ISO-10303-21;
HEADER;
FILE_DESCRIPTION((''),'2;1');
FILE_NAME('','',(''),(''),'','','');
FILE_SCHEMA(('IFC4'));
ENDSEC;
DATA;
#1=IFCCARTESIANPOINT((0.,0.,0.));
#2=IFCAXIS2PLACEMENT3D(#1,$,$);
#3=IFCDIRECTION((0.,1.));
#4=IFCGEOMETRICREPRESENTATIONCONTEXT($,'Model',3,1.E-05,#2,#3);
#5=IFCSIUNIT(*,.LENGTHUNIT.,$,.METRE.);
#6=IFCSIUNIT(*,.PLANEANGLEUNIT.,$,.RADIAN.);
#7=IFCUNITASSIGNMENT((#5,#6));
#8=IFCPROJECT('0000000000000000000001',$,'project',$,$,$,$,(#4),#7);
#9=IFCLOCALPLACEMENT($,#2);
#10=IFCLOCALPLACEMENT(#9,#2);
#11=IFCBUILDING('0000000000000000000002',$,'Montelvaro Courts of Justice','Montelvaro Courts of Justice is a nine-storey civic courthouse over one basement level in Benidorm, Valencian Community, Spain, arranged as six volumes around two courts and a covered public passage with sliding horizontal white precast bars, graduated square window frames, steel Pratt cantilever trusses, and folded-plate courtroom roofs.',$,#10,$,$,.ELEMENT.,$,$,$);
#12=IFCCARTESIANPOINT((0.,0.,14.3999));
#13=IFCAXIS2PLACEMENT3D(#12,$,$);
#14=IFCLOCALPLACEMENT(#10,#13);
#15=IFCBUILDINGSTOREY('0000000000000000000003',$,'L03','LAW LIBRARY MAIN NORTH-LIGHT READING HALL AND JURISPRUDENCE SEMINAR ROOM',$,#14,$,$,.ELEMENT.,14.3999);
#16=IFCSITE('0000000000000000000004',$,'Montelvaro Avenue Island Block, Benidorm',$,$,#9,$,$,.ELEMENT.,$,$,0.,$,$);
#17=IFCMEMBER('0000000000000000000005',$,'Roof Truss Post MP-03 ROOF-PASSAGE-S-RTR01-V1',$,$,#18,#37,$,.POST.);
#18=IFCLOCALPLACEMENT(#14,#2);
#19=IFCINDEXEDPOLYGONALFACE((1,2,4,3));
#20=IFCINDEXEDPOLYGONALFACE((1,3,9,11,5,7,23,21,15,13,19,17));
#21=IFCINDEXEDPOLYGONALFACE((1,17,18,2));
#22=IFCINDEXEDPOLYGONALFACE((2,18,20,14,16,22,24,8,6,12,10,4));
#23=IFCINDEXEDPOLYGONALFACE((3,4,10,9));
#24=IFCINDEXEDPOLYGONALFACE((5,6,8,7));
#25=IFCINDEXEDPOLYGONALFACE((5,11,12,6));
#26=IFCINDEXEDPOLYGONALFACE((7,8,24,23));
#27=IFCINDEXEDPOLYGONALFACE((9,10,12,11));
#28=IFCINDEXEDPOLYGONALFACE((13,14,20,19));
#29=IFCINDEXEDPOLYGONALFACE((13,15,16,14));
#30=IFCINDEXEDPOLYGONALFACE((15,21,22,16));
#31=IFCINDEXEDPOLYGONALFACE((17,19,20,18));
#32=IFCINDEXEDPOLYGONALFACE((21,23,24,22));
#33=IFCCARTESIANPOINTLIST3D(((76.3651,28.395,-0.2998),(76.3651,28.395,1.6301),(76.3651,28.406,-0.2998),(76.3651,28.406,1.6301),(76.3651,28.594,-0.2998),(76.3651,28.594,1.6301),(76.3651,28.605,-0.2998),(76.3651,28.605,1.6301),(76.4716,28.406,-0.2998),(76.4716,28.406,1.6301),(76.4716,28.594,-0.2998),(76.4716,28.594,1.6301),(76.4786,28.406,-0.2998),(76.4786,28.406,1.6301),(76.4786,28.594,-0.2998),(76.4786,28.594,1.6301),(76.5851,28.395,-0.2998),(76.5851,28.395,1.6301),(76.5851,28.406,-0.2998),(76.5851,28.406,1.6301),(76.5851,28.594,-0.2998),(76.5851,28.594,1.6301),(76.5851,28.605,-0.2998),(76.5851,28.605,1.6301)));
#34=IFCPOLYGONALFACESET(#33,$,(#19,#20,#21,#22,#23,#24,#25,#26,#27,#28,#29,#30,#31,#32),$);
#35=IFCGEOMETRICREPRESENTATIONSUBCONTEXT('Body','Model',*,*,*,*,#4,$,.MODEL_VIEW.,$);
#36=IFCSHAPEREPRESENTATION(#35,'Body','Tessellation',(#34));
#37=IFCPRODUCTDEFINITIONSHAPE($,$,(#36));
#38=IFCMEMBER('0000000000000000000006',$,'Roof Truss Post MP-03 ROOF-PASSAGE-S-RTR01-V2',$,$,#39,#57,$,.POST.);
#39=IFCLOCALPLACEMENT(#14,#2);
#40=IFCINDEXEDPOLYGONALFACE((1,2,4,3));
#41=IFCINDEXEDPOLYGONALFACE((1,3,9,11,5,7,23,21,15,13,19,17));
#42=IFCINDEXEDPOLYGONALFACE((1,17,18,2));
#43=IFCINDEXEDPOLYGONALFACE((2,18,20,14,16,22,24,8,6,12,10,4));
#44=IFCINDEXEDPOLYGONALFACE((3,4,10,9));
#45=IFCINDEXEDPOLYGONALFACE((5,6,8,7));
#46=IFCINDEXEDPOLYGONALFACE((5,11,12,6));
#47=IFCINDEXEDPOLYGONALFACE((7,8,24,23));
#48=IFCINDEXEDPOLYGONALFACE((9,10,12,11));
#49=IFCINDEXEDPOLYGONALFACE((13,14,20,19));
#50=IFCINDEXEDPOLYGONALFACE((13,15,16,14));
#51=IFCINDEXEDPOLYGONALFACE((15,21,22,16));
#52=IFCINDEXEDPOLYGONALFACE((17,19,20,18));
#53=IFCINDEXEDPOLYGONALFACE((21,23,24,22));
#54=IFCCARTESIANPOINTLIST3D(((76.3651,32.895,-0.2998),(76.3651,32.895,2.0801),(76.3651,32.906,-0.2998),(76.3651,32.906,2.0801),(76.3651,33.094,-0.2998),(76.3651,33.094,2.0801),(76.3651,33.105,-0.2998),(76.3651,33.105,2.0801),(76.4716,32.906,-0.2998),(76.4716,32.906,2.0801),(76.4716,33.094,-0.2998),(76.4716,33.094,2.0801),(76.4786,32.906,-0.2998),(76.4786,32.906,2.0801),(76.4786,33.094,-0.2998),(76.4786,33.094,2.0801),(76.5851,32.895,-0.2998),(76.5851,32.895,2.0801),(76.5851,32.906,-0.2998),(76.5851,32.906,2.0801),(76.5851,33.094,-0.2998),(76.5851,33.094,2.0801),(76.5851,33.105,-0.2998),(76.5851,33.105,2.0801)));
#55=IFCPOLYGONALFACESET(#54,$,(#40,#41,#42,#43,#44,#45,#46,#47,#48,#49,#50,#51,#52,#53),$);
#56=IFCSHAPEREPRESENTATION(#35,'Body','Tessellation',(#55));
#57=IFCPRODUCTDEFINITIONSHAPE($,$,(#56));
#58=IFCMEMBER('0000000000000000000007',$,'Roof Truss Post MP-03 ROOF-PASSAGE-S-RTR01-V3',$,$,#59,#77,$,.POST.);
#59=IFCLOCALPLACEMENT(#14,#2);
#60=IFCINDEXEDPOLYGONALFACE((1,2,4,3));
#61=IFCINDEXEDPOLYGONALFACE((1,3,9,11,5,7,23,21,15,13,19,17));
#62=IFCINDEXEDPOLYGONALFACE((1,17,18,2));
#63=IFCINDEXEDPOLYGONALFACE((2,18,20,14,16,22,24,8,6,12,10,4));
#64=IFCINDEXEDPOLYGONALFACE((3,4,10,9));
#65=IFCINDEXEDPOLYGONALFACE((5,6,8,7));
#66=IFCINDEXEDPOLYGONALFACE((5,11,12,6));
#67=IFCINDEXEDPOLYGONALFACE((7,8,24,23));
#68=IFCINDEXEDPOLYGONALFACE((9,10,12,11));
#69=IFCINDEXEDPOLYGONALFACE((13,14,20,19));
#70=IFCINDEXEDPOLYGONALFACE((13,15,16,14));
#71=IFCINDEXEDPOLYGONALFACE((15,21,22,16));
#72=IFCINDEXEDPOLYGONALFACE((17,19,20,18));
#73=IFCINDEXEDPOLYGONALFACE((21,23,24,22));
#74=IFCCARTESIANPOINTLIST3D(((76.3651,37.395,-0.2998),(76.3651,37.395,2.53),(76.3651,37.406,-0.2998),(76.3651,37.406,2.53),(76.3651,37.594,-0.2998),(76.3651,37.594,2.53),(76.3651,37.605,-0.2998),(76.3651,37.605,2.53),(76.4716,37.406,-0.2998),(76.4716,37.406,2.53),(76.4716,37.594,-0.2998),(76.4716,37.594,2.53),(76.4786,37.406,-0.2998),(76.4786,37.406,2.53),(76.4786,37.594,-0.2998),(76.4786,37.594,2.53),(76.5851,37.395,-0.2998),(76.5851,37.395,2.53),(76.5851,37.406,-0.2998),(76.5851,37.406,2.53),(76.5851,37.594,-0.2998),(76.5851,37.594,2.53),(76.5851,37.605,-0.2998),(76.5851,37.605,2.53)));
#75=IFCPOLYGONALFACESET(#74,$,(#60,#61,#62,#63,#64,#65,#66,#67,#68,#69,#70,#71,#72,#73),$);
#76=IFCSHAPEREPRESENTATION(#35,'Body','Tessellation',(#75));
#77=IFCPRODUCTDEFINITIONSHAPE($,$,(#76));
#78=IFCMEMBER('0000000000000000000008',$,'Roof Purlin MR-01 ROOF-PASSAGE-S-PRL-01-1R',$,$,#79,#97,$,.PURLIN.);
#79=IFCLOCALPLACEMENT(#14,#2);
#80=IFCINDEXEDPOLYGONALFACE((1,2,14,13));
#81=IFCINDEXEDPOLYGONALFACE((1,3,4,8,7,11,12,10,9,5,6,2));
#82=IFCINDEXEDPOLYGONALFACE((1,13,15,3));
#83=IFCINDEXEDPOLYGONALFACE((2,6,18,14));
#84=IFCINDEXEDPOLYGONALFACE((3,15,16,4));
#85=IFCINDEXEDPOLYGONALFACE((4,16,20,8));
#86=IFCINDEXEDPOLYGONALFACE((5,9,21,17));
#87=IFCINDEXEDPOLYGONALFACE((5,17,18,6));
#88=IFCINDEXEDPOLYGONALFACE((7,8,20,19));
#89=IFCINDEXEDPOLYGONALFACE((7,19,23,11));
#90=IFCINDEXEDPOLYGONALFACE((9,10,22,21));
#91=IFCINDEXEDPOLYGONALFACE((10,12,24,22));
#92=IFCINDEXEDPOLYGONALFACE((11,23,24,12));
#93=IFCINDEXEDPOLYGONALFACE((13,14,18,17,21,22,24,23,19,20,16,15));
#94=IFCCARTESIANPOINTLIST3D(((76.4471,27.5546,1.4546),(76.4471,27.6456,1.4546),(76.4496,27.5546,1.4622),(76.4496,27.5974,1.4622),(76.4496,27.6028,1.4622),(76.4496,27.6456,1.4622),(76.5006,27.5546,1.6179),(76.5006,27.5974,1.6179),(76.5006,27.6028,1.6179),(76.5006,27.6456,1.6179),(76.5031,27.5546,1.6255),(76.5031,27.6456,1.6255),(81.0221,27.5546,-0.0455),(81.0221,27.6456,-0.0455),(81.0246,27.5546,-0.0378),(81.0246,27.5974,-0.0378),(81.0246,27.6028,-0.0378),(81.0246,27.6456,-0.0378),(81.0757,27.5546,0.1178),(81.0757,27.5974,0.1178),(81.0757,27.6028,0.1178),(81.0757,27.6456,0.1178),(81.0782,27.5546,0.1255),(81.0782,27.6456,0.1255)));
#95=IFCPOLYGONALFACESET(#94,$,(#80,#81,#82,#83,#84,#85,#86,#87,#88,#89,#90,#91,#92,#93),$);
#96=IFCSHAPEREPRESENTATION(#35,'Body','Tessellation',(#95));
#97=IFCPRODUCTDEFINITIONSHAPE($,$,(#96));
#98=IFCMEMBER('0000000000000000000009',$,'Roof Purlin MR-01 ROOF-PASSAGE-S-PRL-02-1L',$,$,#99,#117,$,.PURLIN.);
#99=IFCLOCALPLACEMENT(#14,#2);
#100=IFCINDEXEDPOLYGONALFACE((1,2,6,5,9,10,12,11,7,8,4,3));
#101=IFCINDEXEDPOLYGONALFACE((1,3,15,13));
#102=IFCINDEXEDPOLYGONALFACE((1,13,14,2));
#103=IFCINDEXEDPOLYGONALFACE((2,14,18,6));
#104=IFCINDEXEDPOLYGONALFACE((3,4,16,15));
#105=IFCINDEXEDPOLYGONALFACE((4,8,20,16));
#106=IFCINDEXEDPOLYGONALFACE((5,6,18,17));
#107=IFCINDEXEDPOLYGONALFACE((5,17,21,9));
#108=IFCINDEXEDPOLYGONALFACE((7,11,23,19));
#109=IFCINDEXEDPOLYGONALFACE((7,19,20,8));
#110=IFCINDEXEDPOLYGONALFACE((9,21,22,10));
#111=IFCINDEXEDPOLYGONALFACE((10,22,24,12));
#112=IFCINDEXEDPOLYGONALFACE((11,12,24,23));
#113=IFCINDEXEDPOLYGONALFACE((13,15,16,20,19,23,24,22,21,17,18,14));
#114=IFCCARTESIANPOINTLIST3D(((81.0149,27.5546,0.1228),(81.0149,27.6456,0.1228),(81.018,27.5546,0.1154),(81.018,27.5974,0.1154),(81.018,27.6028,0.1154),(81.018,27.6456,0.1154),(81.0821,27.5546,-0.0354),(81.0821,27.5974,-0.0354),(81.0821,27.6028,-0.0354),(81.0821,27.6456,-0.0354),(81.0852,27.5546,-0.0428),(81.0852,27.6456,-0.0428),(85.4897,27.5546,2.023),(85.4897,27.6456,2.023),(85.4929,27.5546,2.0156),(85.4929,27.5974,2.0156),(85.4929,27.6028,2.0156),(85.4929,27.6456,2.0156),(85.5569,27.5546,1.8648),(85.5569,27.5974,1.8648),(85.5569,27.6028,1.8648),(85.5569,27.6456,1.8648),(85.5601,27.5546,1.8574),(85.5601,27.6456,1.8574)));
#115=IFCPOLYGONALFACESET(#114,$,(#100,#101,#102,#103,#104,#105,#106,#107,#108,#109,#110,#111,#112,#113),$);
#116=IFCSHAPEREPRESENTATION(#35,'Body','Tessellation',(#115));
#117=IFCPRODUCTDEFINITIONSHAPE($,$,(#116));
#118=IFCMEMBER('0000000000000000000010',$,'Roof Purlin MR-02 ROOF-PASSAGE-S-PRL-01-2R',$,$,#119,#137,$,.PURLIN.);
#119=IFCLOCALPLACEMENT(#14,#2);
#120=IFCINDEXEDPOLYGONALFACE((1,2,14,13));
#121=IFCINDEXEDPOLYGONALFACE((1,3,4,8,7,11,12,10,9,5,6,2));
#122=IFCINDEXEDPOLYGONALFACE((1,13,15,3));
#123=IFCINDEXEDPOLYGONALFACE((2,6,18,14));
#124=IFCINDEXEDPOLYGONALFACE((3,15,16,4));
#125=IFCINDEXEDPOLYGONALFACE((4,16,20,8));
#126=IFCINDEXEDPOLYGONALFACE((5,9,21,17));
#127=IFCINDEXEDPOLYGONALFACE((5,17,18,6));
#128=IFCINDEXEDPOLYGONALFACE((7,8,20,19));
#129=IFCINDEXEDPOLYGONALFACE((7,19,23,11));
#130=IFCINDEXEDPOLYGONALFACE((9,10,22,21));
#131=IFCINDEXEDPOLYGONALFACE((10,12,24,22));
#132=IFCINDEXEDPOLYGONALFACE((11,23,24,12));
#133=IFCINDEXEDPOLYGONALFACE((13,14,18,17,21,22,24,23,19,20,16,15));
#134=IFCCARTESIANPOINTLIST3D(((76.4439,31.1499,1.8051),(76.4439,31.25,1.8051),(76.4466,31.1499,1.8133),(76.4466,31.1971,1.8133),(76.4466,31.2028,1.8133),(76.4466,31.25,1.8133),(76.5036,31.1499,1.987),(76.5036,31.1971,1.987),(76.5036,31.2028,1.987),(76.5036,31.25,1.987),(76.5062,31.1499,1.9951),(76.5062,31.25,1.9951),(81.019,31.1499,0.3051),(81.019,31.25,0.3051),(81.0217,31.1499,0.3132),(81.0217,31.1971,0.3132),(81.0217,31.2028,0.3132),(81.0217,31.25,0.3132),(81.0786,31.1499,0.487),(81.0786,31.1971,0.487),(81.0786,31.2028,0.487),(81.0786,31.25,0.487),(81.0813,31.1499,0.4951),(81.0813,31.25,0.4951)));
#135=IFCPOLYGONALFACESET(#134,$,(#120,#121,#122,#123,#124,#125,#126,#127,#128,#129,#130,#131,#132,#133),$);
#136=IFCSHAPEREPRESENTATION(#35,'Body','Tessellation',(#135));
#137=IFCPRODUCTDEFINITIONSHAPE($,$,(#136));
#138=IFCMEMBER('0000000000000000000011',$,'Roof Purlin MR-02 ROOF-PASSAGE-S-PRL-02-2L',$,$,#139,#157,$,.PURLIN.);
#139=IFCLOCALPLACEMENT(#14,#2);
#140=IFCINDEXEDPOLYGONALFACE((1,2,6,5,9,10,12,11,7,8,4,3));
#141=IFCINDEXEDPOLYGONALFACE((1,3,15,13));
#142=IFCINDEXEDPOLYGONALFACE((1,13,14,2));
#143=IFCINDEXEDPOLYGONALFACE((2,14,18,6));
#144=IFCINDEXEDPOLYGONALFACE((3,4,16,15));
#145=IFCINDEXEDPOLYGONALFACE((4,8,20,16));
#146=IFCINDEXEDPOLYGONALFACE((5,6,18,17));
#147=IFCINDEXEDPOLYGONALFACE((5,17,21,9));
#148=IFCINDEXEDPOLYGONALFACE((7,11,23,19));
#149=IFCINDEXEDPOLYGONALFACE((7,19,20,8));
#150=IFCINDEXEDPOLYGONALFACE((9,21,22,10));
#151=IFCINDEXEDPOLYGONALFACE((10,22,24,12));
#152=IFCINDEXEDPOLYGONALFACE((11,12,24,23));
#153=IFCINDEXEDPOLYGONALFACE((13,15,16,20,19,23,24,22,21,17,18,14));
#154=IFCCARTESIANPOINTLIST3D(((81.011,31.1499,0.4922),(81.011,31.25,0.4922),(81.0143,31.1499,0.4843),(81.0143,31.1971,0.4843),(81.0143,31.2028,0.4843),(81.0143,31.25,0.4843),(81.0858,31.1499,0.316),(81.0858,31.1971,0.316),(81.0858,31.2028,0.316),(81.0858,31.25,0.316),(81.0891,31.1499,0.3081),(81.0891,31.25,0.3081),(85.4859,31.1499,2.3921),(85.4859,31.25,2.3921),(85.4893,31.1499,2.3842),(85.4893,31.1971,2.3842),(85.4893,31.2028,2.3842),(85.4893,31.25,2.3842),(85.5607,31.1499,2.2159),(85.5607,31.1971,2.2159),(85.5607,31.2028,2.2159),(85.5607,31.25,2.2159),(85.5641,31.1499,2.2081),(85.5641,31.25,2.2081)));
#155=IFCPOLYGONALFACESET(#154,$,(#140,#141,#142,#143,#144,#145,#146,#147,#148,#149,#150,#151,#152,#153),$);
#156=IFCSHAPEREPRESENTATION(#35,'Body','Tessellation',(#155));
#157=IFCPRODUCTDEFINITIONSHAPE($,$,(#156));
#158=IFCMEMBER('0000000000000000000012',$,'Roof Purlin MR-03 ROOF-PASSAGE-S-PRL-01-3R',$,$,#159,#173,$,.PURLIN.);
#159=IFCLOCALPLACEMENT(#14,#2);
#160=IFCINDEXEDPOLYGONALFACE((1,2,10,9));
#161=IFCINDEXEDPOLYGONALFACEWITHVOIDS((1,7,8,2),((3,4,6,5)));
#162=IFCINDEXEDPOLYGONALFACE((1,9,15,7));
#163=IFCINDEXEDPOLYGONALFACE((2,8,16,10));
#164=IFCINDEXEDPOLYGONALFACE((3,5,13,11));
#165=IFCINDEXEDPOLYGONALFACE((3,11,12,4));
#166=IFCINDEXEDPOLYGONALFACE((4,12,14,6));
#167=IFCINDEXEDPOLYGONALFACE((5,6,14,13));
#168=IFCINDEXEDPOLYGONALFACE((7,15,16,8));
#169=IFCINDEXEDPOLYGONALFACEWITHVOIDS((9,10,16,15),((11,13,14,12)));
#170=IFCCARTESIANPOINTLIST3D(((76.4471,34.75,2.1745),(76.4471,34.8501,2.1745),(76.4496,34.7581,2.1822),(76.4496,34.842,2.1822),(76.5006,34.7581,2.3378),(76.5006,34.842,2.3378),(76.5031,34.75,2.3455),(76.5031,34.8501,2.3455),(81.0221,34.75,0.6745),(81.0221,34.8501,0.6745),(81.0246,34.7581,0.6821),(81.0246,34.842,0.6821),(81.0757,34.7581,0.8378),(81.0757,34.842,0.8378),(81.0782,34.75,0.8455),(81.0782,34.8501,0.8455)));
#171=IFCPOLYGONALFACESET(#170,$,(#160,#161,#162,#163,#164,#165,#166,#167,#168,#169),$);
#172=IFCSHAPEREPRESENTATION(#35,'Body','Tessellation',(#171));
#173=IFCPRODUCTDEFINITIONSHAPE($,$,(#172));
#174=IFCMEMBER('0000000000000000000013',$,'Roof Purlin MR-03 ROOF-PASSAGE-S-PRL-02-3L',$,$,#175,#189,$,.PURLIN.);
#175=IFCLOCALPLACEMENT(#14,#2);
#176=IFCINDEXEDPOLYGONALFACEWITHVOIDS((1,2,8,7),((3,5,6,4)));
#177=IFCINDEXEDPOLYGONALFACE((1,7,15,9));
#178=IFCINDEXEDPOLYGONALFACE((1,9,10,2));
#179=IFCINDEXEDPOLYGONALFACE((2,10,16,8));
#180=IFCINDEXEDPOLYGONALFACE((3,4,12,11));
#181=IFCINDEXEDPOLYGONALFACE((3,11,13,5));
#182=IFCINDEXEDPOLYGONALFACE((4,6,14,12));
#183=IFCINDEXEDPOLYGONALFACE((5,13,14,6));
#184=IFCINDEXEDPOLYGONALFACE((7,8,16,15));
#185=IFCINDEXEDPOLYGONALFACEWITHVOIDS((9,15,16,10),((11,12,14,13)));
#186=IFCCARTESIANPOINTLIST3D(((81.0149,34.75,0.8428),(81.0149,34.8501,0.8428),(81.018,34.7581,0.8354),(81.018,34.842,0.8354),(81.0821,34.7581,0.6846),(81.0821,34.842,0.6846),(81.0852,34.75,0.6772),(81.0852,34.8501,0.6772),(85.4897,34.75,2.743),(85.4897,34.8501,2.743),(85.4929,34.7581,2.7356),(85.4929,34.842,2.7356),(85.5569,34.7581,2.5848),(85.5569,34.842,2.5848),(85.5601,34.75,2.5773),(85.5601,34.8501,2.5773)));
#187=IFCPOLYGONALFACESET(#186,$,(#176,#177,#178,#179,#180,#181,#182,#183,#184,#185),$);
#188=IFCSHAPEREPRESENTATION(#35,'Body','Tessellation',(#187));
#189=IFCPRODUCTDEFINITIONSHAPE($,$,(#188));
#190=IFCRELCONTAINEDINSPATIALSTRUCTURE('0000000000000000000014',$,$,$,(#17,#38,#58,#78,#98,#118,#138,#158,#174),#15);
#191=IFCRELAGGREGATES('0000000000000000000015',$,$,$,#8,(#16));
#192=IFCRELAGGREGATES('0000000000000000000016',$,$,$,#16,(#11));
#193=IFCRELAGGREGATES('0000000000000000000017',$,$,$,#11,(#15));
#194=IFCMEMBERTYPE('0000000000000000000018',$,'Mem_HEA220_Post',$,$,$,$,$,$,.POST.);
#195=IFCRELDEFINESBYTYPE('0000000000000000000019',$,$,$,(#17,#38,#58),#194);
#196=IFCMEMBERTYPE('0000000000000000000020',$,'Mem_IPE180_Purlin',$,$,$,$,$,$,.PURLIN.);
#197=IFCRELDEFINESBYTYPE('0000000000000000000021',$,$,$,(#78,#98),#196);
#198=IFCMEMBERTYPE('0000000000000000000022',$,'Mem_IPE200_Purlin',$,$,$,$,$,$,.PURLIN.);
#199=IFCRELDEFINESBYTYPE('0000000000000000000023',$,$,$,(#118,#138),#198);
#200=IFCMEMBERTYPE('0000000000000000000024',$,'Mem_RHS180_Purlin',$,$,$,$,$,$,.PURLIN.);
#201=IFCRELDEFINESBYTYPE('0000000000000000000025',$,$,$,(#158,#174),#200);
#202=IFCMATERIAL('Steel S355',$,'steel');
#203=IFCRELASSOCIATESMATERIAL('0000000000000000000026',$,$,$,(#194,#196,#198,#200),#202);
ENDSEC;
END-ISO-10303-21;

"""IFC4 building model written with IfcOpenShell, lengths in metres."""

from ifc_helpers import new_model, si_unit, direction, frame, origin, origin_2d, place, context, subcontext, project, spatial, hollow_rectangle, i_section, extrude, material, material_profile, profile_set, type_object, element, save


model = new_model("IFC4")

# Units and contexts
model_context = context("Model", 3, precision=1e-05, world=origin(), true_north=direction((0.0, 1.0)))
body_context = subcontext(model_context, "Body", "Model", "MODEL_VIEW")
ifc_project = project(units=[si_unit("LENGTHUNIT", "METRE"), si_unit("PLANEANGLEUNIT", "RADIAN")], contexts=[model_context])

# Site, building, storey
site_placement = place(None, origin())
site = spatial("IfcSite", under=ifc_project, at=site_placement, Name="Montelvaro Avenue Island Block, Benidorm", CompositionType="ELEMENT", RefElevation=0.0)
building_placement = place(site_placement, origin())
building = spatial("IfcBuilding", under=site, at=building_placement, Name="Montelvaro Courts of Justice", Description="Montelvaro Courts of Justice is a nine-storey civic courthouse over one basement level in Benidorm, Valencian Community, Spain, arranged as six volumes around two courts and a covered public passage with sliding horizontal white precast bars, graduated square window frames, steel Pratt cantilever trusses, and folded-plate courtroom roofs.", CompositionType="ELEMENT")
storey_placement = place(building_placement, frame((0.0, 0.0, 14.3999)))
storey = spatial("IfcBuildingStorey", under=building, at=storey_placement, Name="L03", Description="LAW LIBRARY MAIN NORTH-LIGHT READING HALL AND JURISPRUDENCE SEMINAR ROOM", CompositionType="ELEMENT", Elevation=14.3999)

# Members
ifc_material = material(Name="Steel S355", Category="steel")
ifc_material_profile_1 = material_profile(ifc_material, i_section(OverallWidth=0.22, OverallDepth=0.21, WebThickness=0.0071, FlangeThickness=0.011, at=origin_2d()), Name="HEA 220")
ifc_profile_set_1 = profile_set([ifc_material_profile_1], Name="Steel S355")
member_type_1 = type_object("IfcMemberType", Name="Mem_HEA220_Post", PredefinedType="POST", material=ifc_profile_set_1)
member_1_placement = place(storey_placement, frame((76.4751, 28.5, -0.2998), z_axis=(0.0, 0.0, 1.0), x_axis=(1.0, 0.0, 0.0)))
element("IfcMember", 1, at=member_1_placement, inside=storey, type_object=member_type_1, Name="Roof Truss Post MP-03 ROOF-PASSAGE-S-RTR01-V1", PredefinedType="POST", context=body_context, shape_type="SweptSolid", body=[
    extrude(i_section(OverallWidth=0.22, OverallDepth=0.21, WebThickness=0.0071, FlangeThickness=0.011, at=origin_2d()), origin(), (0.0, 0.0, 1.0), 1.9299),
])
member_2_placement = place(storey_placement, frame((76.4751, 33.0, -0.2998), z_axis=(0.0, 0.0, 1.0), x_axis=(1.0, 0.0, 0.0)))
element("IfcMember", 2, at=member_2_placement, inside=storey, type_object=member_type_1, Name="Roof Truss Post MP-03 ROOF-PASSAGE-S-RTR01-V2", PredefinedType="POST", context=body_context, shape_type="SweptSolid", body=[
    extrude(i_section(OverallWidth=0.22, OverallDepth=0.21, WebThickness=0.0071, FlangeThickness=0.011, at=origin_2d()), origin(), (0.0, 0.0, 1.0), 2.3799),
])
member_3_placement = place(storey_placement, frame((76.4751, 37.5, -0.2998), z_axis=(0.0, 0.0, 1.0), x_axis=(1.0, 0.0, 0.0)))
element("IfcMember", 3, at=member_3_placement, inside=storey, type_object=member_type_1, Name="Roof Truss Post MP-03 ROOF-PASSAGE-S-RTR01-V3", PredefinedType="POST", context=body_context, shape_type="SweptSolid", body=[
    extrude(i_section(OverallWidth=0.22, OverallDepth=0.21, WebThickness=0.0071, FlangeThickness=0.011, at=origin_2d()), origin(), (0.0, 0.0, 1.0), 2.8298),
])
ifc_material_profile_2 = material_profile(ifc_material, i_section(OverallWidth=0.0911, OverallDepth=0.1799, WebThickness=0.0054, FlangeThickness=0.0081, at=origin_2d()), Name="IPE 180")
ifc_profile_set_2 = profile_set([ifc_material_profile_2], Name="Steel S355")
member_type_2 = type_object("IfcMemberType", Name="Mem_IPE180_Purlin", PredefinedType="PURLIN", material=ifc_profile_set_2)
member_4_placement = place(storey_placement, frame((76.4751, 27.6001, 1.54), z_axis=(0.950229, 0.0, -0.311554), x_axis=(0.0, 1.0, 0.0)))
element("IfcMember", 4, at=member_4_placement, inside=storey, type_object=member_type_2, Name="Roof Purlin MR-01 ROOF-PASSAGE-S-PRL-01-1R", PredefinedType="PURLIN", context=body_context, shape_type="SweptSolid", body=[
    extrude(i_section(OverallWidth=0.0911, OverallDepth=0.1799, WebThickness=0.0054, FlangeThickness=0.0081, at=origin_2d()), origin(), (0.0, 0.0, 1.0), 4.8147),
])
member_5_placement = place(storey_placement, frame((81.05, 27.6001, 0.04), z_axis=(0.920454, 0.0, 0.39085), x_axis=(0.0, 1.0, 0.0)))
element("IfcMember", 5, at=member_5_placement, inside=storey, type_object=member_type_2, Name="Roof Purlin MR-01 ROOF-PASSAGE-S-PRL-02-1L", PredefinedType="PURLIN", context=body_context, shape_type="SweptSolid", body=[
    extrude(i_section(OverallWidth=0.0911, OverallDepth=0.1799, WebThickness=0.0054, FlangeThickness=0.0081, at=origin_2d()), origin(), (0.0, 0.0, 1.0), 4.8616),
])
ifc_material_profile_3 = material_profile(ifc_material, i_section(OverallWidth=0.1001, OverallDepth=0.2, WebThickness=0.0056, FlangeThickness=0.0085, at=origin_2d()), Name="IPE 200")
ifc_profile_set_3 = profile_set([ifc_material_profile_3], Name="Steel S355")
member_type_3 = type_object("IfcMemberType", Name="Mem_IPE200_Purlin", PredefinedType="PURLIN", material=ifc_profile_set_3)
member_6_placement = place(storey_placement, frame((76.4751, 31.2, 1.9001), z_axis=(0.950229, 0.0, -0.311554), x_axis=(0.0, 1.0, 0.0)))
element("IfcMember", 6, at=member_6_placement, inside=storey, type_object=member_type_3, Name="Roof Purlin MR-02 ROOF-PASSAGE-S-PRL-01-2R", PredefinedType="PURLIN", context=body_context, shape_type="SweptSolid", body=[
    extrude(i_section(OverallWidth=0.1001, OverallDepth=0.2, WebThickness=0.0056, FlangeThickness=0.0085, at=origin_2d()), origin(), (0.0, 0.0, 1.0), 4.8147),
])
member_7_placement = place(storey_placement, frame((81.05, 31.2, 0.4001), z_axis=(0.920472, 0.0, 0.390808), x_axis=(0.0, 1.0, 0.0)))
element("IfcMember", 7, at=member_7_placement, inside=storey, type_object=member_type_3, Name="Roof Purlin MR-02 ROOF-PASSAGE-S-PRL-02-2L", PredefinedType="PURLIN", context=body_context, shape_type="SweptSolid", body=[
    extrude(i_section(OverallWidth=0.1001, OverallDepth=0.2, WebThickness=0.0056, FlangeThickness=0.0085, at=origin_2d()), origin(), (0.0, 0.0, 1.0), 4.8616),
])
ifc_material_profile_4 = material_profile(ifc_material, hollow_rectangle(XDim=0.1001, YDim=0.1799, WallThickness=0.0081, at=origin_2d()), Name="RHS 180x100x8")
ifc_profile_set_4 = profile_set([ifc_material_profile_4], Name="Steel S355")
member_type_4 = type_object("IfcMemberType", Name="Mem_RHS180_Purlin", PredefinedType="PURLIN", material=ifc_profile_set_4)
member_8_placement = place(storey_placement, frame((76.4751, 34.8, 2.26), z_axis=(0.950229, 0.0, -0.311554), x_axis=(0.0, 1.0, 0.0)))
element("IfcMember", 8, at=member_8_placement, inside=storey, type_object=member_type_4, Name="Roof Purlin MR-03 ROOF-PASSAGE-S-PRL-01-3R", PredefinedType="PURLIN", context=body_context, shape_type="SweptSolid", body=[
    extrude(hollow_rectangle(XDim=0.1001, YDim=0.1799, WallThickness=0.0081, at=origin_2d()), origin(), (0.0, 0.0, 1.0), 4.8147),
])
member_9_placement = place(storey_placement, frame((81.05, 34.8, 0.76), z_axis=(0.920454, 0.0, 0.39085), x_axis=(0.0, 1.0, 0.0)))
element("IfcMember", 9, at=member_9_placement, inside=storey, type_object=member_type_4, Name="Roof Purlin MR-03 ROOF-PASSAGE-S-PRL-02-3L", PredefinedType="PURLIN", context=body_context, shape_type="SweptSolid", body=[
    extrude(hollow_rectangle(XDim=0.1001, YDim=0.1799, WallThickness=0.0081, at=origin_2d()), origin(), (0.0, 0.0, 1.0), 4.8616),
])

save(model, "model.ifc")
